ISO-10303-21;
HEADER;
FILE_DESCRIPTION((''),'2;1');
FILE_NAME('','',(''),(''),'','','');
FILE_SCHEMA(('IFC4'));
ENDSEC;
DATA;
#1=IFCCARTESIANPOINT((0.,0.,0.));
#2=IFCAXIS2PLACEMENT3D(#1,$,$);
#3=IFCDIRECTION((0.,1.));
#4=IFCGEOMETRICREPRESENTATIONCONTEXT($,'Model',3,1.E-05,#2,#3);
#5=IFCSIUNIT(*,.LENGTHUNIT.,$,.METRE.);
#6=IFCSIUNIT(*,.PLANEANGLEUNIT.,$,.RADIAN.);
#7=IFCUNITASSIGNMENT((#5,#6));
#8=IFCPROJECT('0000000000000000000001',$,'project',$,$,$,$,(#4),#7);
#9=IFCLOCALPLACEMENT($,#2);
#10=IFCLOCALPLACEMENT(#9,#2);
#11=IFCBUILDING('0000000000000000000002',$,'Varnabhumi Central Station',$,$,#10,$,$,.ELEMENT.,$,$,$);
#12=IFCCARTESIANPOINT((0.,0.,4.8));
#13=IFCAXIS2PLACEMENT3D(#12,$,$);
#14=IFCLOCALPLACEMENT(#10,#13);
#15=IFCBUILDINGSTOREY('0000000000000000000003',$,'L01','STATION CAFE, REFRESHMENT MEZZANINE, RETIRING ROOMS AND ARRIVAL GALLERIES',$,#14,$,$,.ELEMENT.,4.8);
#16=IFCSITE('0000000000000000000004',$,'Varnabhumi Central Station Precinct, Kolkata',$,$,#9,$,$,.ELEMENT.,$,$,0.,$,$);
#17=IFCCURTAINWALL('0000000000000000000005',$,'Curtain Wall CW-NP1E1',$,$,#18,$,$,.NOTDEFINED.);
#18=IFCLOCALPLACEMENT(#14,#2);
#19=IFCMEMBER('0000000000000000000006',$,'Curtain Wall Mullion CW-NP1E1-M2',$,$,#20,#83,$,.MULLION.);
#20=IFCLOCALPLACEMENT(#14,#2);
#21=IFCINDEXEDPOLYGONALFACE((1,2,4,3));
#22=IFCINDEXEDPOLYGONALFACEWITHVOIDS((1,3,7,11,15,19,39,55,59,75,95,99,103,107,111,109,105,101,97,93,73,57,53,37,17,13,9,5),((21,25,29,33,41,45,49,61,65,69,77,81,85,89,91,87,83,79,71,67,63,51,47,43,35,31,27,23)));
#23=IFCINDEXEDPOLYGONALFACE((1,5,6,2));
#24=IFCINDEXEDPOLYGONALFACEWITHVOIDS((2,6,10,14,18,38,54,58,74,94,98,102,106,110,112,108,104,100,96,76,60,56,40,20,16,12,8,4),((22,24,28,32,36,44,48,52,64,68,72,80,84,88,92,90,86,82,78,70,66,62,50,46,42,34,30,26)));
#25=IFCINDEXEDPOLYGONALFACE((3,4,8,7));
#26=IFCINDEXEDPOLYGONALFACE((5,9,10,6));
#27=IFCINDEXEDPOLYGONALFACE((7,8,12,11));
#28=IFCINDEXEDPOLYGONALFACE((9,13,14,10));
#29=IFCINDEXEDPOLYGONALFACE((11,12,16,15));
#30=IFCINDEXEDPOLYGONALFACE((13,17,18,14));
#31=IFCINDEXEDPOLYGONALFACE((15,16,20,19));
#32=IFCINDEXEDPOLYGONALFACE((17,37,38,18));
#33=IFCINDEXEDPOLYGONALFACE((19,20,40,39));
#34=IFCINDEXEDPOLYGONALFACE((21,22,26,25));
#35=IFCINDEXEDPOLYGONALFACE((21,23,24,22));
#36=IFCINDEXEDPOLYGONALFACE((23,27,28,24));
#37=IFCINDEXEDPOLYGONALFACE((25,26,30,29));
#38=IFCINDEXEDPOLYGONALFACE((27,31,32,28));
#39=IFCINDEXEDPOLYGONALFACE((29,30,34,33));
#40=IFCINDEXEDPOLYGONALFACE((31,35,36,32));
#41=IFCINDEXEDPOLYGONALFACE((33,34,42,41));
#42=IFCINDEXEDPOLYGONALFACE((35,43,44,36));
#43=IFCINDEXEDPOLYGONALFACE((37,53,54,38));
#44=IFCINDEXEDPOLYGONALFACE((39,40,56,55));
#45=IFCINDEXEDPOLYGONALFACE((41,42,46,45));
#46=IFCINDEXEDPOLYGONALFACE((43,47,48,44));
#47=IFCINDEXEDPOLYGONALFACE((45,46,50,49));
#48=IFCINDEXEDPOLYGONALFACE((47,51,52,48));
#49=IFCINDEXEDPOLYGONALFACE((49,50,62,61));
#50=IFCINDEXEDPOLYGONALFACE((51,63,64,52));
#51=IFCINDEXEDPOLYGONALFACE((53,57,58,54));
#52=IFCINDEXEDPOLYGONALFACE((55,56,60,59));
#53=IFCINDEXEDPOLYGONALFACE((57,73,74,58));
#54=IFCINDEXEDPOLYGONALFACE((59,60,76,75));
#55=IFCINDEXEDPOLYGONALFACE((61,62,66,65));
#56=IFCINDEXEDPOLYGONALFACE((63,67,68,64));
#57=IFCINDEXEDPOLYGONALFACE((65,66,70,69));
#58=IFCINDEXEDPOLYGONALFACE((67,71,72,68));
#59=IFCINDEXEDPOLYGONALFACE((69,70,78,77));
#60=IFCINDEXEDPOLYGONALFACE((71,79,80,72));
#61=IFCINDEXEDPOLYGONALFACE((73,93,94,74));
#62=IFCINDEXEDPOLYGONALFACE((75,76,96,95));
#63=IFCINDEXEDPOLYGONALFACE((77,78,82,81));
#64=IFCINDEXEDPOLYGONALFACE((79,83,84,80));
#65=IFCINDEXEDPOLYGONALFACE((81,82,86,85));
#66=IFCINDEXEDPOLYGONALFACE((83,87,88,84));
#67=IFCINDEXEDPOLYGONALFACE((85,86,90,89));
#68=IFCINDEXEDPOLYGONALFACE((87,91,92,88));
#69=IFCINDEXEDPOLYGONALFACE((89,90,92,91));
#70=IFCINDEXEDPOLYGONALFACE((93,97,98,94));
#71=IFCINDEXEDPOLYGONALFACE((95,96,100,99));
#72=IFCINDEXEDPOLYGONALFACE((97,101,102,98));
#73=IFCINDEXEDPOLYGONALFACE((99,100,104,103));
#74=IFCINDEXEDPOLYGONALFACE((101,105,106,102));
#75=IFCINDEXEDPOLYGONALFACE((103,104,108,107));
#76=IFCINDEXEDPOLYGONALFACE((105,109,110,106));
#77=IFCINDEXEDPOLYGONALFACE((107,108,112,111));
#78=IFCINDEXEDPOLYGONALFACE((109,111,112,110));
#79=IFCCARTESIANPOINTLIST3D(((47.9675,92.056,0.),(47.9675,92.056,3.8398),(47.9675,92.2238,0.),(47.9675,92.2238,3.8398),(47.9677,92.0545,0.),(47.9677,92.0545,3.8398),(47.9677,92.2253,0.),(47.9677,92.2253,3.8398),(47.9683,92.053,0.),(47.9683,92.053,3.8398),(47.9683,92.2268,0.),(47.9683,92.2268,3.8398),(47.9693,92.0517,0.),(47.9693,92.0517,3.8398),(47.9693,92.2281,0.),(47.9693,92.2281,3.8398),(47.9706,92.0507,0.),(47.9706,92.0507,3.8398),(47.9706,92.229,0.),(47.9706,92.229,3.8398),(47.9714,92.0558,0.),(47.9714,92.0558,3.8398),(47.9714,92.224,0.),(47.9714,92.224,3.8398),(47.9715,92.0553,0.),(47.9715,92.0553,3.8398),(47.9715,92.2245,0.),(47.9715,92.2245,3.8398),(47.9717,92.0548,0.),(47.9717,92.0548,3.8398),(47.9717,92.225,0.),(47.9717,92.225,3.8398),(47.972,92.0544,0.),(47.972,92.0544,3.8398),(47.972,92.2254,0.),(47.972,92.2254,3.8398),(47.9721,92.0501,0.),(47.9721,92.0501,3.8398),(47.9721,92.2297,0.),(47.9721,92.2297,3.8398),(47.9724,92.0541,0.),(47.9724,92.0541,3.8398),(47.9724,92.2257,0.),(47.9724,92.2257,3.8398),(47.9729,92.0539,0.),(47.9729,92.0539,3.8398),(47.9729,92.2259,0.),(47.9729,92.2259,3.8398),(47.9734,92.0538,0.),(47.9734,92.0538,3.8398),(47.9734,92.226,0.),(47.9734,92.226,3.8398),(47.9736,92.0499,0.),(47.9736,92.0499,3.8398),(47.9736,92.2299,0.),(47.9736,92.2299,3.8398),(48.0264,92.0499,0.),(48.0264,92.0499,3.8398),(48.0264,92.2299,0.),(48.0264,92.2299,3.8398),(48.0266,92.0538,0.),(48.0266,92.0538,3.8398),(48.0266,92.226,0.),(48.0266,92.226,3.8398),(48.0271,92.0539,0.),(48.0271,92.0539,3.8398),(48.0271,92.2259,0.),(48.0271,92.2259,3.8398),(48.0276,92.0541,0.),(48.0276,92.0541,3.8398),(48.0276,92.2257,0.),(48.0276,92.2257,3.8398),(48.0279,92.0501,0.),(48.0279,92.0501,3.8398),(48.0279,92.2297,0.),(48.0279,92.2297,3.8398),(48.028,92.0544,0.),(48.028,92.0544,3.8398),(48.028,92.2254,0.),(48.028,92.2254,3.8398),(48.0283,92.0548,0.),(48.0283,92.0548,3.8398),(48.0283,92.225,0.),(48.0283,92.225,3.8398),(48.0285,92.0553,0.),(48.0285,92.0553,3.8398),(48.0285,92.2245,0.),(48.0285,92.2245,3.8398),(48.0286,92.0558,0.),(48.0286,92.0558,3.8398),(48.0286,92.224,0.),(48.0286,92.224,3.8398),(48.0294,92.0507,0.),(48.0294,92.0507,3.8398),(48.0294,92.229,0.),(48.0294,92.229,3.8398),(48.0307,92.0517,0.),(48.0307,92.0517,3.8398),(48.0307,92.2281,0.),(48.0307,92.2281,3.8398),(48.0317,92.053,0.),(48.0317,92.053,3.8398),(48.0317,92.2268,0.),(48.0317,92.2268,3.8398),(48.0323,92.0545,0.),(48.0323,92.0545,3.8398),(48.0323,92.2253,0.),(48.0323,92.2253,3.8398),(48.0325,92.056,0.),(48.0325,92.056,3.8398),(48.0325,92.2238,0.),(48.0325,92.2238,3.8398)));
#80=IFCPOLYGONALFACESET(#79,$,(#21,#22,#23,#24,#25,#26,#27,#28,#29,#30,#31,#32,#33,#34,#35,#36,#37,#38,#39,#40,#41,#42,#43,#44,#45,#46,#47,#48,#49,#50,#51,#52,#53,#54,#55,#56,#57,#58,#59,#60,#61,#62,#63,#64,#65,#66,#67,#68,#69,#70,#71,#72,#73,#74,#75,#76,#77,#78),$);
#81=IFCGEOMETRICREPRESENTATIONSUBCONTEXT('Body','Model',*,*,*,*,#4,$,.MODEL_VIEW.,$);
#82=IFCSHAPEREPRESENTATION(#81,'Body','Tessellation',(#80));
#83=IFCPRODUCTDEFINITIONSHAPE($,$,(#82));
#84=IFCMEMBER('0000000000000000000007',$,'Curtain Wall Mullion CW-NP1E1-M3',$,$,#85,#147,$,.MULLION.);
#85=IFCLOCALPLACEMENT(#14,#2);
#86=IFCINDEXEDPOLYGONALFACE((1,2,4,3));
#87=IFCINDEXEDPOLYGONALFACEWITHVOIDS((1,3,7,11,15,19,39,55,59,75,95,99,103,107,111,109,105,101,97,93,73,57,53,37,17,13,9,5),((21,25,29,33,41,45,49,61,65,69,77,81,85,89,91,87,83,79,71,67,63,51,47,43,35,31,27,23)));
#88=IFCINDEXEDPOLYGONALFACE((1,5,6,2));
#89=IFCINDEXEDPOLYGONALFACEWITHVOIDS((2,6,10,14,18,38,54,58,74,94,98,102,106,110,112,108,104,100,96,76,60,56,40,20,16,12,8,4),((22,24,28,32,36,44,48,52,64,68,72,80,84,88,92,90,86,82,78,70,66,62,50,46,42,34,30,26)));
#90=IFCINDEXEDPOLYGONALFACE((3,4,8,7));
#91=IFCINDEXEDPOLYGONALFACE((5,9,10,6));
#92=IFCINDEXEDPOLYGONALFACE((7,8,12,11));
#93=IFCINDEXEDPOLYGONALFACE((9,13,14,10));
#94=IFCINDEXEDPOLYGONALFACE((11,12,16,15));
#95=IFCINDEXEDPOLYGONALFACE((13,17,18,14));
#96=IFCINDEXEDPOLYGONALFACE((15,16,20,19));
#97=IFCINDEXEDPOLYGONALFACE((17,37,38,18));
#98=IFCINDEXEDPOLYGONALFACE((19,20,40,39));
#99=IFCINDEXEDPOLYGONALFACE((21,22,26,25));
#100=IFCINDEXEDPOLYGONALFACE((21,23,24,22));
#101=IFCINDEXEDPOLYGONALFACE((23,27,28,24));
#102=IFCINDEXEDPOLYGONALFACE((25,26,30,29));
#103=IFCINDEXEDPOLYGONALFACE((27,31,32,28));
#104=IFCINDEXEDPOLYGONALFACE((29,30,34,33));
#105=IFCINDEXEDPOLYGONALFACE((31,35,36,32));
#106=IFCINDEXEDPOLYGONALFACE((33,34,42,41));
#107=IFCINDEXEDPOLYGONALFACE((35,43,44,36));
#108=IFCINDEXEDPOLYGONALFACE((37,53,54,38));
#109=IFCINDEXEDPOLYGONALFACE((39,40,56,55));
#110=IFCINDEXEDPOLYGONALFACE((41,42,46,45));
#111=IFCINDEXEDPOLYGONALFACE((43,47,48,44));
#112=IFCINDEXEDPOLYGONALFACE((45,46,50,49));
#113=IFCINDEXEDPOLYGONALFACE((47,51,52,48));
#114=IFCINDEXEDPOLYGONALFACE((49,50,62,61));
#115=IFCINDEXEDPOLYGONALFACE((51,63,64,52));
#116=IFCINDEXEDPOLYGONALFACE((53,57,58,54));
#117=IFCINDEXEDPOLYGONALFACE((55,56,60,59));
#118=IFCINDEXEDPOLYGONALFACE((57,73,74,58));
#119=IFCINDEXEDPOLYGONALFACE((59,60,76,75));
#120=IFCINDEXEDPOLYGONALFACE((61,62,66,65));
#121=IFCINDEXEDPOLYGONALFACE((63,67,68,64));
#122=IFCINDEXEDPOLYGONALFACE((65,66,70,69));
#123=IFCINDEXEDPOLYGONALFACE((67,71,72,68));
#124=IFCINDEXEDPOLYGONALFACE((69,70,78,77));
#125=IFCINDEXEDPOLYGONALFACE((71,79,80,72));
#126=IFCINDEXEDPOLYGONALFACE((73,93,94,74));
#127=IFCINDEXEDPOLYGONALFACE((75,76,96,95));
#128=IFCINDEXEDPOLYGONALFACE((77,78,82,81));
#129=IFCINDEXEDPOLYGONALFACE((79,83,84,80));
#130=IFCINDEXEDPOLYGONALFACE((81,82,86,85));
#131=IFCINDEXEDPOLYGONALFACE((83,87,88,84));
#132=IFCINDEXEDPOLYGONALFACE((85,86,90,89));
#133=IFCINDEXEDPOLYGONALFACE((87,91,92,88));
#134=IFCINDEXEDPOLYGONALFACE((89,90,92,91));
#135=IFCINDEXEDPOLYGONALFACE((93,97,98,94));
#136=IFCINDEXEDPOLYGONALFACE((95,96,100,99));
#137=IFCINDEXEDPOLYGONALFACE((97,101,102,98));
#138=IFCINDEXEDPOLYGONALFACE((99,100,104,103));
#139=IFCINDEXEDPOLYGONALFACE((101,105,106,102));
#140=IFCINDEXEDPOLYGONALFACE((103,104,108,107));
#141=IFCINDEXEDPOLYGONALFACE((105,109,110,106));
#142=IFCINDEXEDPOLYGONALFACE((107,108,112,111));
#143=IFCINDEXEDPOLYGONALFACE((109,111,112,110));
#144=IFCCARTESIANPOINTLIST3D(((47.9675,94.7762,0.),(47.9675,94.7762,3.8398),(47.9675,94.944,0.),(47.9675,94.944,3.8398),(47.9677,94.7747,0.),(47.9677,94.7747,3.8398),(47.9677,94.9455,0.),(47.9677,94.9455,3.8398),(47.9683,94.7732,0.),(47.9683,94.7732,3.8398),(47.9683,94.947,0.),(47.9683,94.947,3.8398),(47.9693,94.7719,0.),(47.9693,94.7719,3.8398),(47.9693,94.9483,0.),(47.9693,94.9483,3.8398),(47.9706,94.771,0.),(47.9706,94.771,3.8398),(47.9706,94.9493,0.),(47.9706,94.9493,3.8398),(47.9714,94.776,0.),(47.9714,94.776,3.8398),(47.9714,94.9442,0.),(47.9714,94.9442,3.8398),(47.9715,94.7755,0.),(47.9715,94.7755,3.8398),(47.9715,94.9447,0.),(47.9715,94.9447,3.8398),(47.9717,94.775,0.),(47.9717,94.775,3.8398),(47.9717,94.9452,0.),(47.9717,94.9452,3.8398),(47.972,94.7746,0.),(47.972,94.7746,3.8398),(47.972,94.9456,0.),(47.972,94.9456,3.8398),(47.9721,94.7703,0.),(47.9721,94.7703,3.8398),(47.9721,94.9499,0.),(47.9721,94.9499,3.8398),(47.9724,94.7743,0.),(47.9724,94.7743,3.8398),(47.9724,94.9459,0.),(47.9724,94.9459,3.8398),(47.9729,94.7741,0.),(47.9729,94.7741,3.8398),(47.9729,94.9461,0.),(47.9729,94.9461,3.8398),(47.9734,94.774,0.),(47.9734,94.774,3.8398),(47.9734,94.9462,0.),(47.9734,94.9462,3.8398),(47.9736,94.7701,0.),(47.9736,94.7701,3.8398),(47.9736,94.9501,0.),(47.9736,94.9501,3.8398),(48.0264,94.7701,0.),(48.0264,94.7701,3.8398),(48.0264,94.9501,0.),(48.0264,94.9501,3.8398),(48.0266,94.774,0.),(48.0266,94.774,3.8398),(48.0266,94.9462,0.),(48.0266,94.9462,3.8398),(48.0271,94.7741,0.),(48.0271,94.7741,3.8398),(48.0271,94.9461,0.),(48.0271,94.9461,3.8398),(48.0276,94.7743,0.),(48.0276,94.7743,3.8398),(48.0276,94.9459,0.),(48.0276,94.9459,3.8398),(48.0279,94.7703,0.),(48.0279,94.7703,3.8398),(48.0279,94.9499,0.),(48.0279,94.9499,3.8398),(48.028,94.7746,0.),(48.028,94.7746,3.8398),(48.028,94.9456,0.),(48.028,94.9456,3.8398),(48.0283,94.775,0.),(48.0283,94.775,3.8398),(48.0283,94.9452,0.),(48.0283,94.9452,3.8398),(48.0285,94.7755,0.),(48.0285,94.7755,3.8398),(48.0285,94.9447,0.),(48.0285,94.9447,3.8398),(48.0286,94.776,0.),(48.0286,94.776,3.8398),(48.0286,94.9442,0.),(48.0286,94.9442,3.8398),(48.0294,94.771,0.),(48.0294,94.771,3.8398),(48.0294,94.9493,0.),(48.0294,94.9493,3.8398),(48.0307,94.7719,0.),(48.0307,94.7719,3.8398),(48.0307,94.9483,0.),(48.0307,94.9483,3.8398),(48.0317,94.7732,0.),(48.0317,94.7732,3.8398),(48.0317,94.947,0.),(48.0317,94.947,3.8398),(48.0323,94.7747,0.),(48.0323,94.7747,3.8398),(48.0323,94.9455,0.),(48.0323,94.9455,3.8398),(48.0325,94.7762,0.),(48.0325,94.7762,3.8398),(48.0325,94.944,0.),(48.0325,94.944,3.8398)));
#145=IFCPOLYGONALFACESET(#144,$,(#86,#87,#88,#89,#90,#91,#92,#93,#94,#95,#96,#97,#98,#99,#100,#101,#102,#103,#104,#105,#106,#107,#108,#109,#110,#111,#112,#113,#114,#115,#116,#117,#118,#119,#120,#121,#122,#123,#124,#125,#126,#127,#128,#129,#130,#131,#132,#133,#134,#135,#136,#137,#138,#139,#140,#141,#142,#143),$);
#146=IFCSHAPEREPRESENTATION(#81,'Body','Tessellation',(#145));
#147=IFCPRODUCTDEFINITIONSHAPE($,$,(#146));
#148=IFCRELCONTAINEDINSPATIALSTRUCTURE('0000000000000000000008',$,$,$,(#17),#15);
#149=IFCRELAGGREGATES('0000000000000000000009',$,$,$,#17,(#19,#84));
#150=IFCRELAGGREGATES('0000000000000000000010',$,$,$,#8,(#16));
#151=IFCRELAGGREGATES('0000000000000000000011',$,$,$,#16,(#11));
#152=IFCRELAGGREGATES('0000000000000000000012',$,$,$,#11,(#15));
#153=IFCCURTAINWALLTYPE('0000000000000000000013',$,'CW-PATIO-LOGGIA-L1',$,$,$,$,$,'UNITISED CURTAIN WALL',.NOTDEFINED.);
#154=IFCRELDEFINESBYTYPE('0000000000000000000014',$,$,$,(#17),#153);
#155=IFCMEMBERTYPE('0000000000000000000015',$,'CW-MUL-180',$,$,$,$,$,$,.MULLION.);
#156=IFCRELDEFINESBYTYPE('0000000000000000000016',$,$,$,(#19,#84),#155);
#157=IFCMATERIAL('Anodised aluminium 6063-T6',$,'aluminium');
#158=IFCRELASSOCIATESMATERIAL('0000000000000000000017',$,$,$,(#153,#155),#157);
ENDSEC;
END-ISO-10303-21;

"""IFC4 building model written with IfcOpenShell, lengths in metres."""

from ifc_helpers import new_model, si_unit, direction, frame, origin, origin_2d, place, context, subcontext, project, spatial, hollow_rectangle, extrude, material, material_profile, profile_set, type_object, element, aggregate, save


model = new_model("IFC4")

# Units and contexts
model_context = context("Model", 3, precision=1e-05, world=origin(), true_north=direction((0.0, 1.0)))
body_context = subcontext(model_context, "Body", "Model", "MODEL_VIEW")
ifc_project = project(units=[si_unit("LENGTHUNIT", "METRE"), si_unit("PLANEANGLEUNIT", "RADIAN")], contexts=[model_context])

# Site, building, storey
site_placement = place(None, origin())
site = spatial("IfcSite", under=ifc_project, at=site_placement, Name="Varnabhumi Central Station Precinct, Kolkata", CompositionType="ELEMENT", RefElevation=0.0)
building_placement = place(site_placement, origin())
building = spatial("IfcBuilding", under=site, at=building_placement, Name="Varnabhumi Central Station", CompositionType="ELEMENT")
storey_placement = place(building_placement, frame((0.0, 0.0, 4.8)))
storey = spatial("IfcBuildingStorey", under=building, at=storey_placement, Name="L01", Description="STATION CAFE, REFRESHMENT MEZZANINE, RETIRING ROOMS AND ARRIVAL GALLERIES", CompositionType="ELEMENT", Elevation=4.8)

# Curtain wall, members
ifc_material_1 = material(Name="Anodised aluminium 6063-T6", Category="aluminium")
curtain_wall_type = type_object("IfcCurtainWallType", Name="CW-PATIO-LOGGIA-L1", ElementType="UNITISED CURTAIN WALL", PredefinedType="NOTDEFINED", material=ifc_material_1)
curtain_wall_1_placement = place(storey_placement, origin())
curtain_wall_1 = element("IfcCurtainWall", 1, at=curtain_wall_1_placement, inside=storey, type_object=curtain_wall_type, Name="Curtain Wall CW-NP1E1", PredefinedType="NOTDEFINED")
ifc_material_profile_1 = material_profile(ifc_material_1, hollow_rectangle(XDim=0.0649, YDim=0.1799, WallThickness=0.0039, InnerFilletRadius=0.002, OuterFilletRadius=0.0061, at=origin_2d()), Name="Anodised aluminium 6063-T6", Category="aluminium")
ifc_profile_set_1 = profile_set([ifc_material_profile_1], Name="Anodised aluminium 6063-T6")
member_type_1 = type_object("IfcMemberType", Name="CW-MUL-180", PredefinedType="MULLION", material=ifc_profile_set_1)
member_1_placement = place(storey_placement, frame((48.0, 92.1399, 0.0), z_axis=(0.0, 0.0, 1.0), x_axis=(1.0, 0.0, 0.0)))
member_1 = element("IfcMember", 2, at=member_1_placement, type_object=member_type_1, Name="Curtain Wall Mullion CW-NP1E1-M2", PredefinedType="MULLION", context=body_context, shape_type="SweptSolid", body=[
    extrude(hollow_rectangle(XDim=0.0649, YDim=0.1799, WallThickness=0.0039, InnerFilletRadius=0.002, OuterFilletRadius=0.0061, at=origin_2d()), origin(), (0.0, 0.0, 1.0), 3.8398),
])
member_2_placement = place(storey_placement, frame((48.0, 94.8601, 0.0), z_axis=(0.0, 0.0, 1.0), x_axis=(1.0, 0.0, 0.0)))
member_2 = element("IfcMember", 3, at=member_2_placement, type_object=member_type_1, Name="Curtain Wall Mullion CW-NP1E1-M3", PredefinedType="MULLION", context=body_context, shape_type="SweptSolid", body=[
    extrude(hollow_rectangle(XDim=0.0649, YDim=0.1799, WallThickness=0.0039, InnerFilletRadius=0.002, OuterFilletRadius=0.0061, at=origin_2d()), origin(), (0.0, 0.0, 1.0), 3.8398),
])

aggregate(curtain_wall_1, [member_1, member_2])

save(model, "model.ifc")
